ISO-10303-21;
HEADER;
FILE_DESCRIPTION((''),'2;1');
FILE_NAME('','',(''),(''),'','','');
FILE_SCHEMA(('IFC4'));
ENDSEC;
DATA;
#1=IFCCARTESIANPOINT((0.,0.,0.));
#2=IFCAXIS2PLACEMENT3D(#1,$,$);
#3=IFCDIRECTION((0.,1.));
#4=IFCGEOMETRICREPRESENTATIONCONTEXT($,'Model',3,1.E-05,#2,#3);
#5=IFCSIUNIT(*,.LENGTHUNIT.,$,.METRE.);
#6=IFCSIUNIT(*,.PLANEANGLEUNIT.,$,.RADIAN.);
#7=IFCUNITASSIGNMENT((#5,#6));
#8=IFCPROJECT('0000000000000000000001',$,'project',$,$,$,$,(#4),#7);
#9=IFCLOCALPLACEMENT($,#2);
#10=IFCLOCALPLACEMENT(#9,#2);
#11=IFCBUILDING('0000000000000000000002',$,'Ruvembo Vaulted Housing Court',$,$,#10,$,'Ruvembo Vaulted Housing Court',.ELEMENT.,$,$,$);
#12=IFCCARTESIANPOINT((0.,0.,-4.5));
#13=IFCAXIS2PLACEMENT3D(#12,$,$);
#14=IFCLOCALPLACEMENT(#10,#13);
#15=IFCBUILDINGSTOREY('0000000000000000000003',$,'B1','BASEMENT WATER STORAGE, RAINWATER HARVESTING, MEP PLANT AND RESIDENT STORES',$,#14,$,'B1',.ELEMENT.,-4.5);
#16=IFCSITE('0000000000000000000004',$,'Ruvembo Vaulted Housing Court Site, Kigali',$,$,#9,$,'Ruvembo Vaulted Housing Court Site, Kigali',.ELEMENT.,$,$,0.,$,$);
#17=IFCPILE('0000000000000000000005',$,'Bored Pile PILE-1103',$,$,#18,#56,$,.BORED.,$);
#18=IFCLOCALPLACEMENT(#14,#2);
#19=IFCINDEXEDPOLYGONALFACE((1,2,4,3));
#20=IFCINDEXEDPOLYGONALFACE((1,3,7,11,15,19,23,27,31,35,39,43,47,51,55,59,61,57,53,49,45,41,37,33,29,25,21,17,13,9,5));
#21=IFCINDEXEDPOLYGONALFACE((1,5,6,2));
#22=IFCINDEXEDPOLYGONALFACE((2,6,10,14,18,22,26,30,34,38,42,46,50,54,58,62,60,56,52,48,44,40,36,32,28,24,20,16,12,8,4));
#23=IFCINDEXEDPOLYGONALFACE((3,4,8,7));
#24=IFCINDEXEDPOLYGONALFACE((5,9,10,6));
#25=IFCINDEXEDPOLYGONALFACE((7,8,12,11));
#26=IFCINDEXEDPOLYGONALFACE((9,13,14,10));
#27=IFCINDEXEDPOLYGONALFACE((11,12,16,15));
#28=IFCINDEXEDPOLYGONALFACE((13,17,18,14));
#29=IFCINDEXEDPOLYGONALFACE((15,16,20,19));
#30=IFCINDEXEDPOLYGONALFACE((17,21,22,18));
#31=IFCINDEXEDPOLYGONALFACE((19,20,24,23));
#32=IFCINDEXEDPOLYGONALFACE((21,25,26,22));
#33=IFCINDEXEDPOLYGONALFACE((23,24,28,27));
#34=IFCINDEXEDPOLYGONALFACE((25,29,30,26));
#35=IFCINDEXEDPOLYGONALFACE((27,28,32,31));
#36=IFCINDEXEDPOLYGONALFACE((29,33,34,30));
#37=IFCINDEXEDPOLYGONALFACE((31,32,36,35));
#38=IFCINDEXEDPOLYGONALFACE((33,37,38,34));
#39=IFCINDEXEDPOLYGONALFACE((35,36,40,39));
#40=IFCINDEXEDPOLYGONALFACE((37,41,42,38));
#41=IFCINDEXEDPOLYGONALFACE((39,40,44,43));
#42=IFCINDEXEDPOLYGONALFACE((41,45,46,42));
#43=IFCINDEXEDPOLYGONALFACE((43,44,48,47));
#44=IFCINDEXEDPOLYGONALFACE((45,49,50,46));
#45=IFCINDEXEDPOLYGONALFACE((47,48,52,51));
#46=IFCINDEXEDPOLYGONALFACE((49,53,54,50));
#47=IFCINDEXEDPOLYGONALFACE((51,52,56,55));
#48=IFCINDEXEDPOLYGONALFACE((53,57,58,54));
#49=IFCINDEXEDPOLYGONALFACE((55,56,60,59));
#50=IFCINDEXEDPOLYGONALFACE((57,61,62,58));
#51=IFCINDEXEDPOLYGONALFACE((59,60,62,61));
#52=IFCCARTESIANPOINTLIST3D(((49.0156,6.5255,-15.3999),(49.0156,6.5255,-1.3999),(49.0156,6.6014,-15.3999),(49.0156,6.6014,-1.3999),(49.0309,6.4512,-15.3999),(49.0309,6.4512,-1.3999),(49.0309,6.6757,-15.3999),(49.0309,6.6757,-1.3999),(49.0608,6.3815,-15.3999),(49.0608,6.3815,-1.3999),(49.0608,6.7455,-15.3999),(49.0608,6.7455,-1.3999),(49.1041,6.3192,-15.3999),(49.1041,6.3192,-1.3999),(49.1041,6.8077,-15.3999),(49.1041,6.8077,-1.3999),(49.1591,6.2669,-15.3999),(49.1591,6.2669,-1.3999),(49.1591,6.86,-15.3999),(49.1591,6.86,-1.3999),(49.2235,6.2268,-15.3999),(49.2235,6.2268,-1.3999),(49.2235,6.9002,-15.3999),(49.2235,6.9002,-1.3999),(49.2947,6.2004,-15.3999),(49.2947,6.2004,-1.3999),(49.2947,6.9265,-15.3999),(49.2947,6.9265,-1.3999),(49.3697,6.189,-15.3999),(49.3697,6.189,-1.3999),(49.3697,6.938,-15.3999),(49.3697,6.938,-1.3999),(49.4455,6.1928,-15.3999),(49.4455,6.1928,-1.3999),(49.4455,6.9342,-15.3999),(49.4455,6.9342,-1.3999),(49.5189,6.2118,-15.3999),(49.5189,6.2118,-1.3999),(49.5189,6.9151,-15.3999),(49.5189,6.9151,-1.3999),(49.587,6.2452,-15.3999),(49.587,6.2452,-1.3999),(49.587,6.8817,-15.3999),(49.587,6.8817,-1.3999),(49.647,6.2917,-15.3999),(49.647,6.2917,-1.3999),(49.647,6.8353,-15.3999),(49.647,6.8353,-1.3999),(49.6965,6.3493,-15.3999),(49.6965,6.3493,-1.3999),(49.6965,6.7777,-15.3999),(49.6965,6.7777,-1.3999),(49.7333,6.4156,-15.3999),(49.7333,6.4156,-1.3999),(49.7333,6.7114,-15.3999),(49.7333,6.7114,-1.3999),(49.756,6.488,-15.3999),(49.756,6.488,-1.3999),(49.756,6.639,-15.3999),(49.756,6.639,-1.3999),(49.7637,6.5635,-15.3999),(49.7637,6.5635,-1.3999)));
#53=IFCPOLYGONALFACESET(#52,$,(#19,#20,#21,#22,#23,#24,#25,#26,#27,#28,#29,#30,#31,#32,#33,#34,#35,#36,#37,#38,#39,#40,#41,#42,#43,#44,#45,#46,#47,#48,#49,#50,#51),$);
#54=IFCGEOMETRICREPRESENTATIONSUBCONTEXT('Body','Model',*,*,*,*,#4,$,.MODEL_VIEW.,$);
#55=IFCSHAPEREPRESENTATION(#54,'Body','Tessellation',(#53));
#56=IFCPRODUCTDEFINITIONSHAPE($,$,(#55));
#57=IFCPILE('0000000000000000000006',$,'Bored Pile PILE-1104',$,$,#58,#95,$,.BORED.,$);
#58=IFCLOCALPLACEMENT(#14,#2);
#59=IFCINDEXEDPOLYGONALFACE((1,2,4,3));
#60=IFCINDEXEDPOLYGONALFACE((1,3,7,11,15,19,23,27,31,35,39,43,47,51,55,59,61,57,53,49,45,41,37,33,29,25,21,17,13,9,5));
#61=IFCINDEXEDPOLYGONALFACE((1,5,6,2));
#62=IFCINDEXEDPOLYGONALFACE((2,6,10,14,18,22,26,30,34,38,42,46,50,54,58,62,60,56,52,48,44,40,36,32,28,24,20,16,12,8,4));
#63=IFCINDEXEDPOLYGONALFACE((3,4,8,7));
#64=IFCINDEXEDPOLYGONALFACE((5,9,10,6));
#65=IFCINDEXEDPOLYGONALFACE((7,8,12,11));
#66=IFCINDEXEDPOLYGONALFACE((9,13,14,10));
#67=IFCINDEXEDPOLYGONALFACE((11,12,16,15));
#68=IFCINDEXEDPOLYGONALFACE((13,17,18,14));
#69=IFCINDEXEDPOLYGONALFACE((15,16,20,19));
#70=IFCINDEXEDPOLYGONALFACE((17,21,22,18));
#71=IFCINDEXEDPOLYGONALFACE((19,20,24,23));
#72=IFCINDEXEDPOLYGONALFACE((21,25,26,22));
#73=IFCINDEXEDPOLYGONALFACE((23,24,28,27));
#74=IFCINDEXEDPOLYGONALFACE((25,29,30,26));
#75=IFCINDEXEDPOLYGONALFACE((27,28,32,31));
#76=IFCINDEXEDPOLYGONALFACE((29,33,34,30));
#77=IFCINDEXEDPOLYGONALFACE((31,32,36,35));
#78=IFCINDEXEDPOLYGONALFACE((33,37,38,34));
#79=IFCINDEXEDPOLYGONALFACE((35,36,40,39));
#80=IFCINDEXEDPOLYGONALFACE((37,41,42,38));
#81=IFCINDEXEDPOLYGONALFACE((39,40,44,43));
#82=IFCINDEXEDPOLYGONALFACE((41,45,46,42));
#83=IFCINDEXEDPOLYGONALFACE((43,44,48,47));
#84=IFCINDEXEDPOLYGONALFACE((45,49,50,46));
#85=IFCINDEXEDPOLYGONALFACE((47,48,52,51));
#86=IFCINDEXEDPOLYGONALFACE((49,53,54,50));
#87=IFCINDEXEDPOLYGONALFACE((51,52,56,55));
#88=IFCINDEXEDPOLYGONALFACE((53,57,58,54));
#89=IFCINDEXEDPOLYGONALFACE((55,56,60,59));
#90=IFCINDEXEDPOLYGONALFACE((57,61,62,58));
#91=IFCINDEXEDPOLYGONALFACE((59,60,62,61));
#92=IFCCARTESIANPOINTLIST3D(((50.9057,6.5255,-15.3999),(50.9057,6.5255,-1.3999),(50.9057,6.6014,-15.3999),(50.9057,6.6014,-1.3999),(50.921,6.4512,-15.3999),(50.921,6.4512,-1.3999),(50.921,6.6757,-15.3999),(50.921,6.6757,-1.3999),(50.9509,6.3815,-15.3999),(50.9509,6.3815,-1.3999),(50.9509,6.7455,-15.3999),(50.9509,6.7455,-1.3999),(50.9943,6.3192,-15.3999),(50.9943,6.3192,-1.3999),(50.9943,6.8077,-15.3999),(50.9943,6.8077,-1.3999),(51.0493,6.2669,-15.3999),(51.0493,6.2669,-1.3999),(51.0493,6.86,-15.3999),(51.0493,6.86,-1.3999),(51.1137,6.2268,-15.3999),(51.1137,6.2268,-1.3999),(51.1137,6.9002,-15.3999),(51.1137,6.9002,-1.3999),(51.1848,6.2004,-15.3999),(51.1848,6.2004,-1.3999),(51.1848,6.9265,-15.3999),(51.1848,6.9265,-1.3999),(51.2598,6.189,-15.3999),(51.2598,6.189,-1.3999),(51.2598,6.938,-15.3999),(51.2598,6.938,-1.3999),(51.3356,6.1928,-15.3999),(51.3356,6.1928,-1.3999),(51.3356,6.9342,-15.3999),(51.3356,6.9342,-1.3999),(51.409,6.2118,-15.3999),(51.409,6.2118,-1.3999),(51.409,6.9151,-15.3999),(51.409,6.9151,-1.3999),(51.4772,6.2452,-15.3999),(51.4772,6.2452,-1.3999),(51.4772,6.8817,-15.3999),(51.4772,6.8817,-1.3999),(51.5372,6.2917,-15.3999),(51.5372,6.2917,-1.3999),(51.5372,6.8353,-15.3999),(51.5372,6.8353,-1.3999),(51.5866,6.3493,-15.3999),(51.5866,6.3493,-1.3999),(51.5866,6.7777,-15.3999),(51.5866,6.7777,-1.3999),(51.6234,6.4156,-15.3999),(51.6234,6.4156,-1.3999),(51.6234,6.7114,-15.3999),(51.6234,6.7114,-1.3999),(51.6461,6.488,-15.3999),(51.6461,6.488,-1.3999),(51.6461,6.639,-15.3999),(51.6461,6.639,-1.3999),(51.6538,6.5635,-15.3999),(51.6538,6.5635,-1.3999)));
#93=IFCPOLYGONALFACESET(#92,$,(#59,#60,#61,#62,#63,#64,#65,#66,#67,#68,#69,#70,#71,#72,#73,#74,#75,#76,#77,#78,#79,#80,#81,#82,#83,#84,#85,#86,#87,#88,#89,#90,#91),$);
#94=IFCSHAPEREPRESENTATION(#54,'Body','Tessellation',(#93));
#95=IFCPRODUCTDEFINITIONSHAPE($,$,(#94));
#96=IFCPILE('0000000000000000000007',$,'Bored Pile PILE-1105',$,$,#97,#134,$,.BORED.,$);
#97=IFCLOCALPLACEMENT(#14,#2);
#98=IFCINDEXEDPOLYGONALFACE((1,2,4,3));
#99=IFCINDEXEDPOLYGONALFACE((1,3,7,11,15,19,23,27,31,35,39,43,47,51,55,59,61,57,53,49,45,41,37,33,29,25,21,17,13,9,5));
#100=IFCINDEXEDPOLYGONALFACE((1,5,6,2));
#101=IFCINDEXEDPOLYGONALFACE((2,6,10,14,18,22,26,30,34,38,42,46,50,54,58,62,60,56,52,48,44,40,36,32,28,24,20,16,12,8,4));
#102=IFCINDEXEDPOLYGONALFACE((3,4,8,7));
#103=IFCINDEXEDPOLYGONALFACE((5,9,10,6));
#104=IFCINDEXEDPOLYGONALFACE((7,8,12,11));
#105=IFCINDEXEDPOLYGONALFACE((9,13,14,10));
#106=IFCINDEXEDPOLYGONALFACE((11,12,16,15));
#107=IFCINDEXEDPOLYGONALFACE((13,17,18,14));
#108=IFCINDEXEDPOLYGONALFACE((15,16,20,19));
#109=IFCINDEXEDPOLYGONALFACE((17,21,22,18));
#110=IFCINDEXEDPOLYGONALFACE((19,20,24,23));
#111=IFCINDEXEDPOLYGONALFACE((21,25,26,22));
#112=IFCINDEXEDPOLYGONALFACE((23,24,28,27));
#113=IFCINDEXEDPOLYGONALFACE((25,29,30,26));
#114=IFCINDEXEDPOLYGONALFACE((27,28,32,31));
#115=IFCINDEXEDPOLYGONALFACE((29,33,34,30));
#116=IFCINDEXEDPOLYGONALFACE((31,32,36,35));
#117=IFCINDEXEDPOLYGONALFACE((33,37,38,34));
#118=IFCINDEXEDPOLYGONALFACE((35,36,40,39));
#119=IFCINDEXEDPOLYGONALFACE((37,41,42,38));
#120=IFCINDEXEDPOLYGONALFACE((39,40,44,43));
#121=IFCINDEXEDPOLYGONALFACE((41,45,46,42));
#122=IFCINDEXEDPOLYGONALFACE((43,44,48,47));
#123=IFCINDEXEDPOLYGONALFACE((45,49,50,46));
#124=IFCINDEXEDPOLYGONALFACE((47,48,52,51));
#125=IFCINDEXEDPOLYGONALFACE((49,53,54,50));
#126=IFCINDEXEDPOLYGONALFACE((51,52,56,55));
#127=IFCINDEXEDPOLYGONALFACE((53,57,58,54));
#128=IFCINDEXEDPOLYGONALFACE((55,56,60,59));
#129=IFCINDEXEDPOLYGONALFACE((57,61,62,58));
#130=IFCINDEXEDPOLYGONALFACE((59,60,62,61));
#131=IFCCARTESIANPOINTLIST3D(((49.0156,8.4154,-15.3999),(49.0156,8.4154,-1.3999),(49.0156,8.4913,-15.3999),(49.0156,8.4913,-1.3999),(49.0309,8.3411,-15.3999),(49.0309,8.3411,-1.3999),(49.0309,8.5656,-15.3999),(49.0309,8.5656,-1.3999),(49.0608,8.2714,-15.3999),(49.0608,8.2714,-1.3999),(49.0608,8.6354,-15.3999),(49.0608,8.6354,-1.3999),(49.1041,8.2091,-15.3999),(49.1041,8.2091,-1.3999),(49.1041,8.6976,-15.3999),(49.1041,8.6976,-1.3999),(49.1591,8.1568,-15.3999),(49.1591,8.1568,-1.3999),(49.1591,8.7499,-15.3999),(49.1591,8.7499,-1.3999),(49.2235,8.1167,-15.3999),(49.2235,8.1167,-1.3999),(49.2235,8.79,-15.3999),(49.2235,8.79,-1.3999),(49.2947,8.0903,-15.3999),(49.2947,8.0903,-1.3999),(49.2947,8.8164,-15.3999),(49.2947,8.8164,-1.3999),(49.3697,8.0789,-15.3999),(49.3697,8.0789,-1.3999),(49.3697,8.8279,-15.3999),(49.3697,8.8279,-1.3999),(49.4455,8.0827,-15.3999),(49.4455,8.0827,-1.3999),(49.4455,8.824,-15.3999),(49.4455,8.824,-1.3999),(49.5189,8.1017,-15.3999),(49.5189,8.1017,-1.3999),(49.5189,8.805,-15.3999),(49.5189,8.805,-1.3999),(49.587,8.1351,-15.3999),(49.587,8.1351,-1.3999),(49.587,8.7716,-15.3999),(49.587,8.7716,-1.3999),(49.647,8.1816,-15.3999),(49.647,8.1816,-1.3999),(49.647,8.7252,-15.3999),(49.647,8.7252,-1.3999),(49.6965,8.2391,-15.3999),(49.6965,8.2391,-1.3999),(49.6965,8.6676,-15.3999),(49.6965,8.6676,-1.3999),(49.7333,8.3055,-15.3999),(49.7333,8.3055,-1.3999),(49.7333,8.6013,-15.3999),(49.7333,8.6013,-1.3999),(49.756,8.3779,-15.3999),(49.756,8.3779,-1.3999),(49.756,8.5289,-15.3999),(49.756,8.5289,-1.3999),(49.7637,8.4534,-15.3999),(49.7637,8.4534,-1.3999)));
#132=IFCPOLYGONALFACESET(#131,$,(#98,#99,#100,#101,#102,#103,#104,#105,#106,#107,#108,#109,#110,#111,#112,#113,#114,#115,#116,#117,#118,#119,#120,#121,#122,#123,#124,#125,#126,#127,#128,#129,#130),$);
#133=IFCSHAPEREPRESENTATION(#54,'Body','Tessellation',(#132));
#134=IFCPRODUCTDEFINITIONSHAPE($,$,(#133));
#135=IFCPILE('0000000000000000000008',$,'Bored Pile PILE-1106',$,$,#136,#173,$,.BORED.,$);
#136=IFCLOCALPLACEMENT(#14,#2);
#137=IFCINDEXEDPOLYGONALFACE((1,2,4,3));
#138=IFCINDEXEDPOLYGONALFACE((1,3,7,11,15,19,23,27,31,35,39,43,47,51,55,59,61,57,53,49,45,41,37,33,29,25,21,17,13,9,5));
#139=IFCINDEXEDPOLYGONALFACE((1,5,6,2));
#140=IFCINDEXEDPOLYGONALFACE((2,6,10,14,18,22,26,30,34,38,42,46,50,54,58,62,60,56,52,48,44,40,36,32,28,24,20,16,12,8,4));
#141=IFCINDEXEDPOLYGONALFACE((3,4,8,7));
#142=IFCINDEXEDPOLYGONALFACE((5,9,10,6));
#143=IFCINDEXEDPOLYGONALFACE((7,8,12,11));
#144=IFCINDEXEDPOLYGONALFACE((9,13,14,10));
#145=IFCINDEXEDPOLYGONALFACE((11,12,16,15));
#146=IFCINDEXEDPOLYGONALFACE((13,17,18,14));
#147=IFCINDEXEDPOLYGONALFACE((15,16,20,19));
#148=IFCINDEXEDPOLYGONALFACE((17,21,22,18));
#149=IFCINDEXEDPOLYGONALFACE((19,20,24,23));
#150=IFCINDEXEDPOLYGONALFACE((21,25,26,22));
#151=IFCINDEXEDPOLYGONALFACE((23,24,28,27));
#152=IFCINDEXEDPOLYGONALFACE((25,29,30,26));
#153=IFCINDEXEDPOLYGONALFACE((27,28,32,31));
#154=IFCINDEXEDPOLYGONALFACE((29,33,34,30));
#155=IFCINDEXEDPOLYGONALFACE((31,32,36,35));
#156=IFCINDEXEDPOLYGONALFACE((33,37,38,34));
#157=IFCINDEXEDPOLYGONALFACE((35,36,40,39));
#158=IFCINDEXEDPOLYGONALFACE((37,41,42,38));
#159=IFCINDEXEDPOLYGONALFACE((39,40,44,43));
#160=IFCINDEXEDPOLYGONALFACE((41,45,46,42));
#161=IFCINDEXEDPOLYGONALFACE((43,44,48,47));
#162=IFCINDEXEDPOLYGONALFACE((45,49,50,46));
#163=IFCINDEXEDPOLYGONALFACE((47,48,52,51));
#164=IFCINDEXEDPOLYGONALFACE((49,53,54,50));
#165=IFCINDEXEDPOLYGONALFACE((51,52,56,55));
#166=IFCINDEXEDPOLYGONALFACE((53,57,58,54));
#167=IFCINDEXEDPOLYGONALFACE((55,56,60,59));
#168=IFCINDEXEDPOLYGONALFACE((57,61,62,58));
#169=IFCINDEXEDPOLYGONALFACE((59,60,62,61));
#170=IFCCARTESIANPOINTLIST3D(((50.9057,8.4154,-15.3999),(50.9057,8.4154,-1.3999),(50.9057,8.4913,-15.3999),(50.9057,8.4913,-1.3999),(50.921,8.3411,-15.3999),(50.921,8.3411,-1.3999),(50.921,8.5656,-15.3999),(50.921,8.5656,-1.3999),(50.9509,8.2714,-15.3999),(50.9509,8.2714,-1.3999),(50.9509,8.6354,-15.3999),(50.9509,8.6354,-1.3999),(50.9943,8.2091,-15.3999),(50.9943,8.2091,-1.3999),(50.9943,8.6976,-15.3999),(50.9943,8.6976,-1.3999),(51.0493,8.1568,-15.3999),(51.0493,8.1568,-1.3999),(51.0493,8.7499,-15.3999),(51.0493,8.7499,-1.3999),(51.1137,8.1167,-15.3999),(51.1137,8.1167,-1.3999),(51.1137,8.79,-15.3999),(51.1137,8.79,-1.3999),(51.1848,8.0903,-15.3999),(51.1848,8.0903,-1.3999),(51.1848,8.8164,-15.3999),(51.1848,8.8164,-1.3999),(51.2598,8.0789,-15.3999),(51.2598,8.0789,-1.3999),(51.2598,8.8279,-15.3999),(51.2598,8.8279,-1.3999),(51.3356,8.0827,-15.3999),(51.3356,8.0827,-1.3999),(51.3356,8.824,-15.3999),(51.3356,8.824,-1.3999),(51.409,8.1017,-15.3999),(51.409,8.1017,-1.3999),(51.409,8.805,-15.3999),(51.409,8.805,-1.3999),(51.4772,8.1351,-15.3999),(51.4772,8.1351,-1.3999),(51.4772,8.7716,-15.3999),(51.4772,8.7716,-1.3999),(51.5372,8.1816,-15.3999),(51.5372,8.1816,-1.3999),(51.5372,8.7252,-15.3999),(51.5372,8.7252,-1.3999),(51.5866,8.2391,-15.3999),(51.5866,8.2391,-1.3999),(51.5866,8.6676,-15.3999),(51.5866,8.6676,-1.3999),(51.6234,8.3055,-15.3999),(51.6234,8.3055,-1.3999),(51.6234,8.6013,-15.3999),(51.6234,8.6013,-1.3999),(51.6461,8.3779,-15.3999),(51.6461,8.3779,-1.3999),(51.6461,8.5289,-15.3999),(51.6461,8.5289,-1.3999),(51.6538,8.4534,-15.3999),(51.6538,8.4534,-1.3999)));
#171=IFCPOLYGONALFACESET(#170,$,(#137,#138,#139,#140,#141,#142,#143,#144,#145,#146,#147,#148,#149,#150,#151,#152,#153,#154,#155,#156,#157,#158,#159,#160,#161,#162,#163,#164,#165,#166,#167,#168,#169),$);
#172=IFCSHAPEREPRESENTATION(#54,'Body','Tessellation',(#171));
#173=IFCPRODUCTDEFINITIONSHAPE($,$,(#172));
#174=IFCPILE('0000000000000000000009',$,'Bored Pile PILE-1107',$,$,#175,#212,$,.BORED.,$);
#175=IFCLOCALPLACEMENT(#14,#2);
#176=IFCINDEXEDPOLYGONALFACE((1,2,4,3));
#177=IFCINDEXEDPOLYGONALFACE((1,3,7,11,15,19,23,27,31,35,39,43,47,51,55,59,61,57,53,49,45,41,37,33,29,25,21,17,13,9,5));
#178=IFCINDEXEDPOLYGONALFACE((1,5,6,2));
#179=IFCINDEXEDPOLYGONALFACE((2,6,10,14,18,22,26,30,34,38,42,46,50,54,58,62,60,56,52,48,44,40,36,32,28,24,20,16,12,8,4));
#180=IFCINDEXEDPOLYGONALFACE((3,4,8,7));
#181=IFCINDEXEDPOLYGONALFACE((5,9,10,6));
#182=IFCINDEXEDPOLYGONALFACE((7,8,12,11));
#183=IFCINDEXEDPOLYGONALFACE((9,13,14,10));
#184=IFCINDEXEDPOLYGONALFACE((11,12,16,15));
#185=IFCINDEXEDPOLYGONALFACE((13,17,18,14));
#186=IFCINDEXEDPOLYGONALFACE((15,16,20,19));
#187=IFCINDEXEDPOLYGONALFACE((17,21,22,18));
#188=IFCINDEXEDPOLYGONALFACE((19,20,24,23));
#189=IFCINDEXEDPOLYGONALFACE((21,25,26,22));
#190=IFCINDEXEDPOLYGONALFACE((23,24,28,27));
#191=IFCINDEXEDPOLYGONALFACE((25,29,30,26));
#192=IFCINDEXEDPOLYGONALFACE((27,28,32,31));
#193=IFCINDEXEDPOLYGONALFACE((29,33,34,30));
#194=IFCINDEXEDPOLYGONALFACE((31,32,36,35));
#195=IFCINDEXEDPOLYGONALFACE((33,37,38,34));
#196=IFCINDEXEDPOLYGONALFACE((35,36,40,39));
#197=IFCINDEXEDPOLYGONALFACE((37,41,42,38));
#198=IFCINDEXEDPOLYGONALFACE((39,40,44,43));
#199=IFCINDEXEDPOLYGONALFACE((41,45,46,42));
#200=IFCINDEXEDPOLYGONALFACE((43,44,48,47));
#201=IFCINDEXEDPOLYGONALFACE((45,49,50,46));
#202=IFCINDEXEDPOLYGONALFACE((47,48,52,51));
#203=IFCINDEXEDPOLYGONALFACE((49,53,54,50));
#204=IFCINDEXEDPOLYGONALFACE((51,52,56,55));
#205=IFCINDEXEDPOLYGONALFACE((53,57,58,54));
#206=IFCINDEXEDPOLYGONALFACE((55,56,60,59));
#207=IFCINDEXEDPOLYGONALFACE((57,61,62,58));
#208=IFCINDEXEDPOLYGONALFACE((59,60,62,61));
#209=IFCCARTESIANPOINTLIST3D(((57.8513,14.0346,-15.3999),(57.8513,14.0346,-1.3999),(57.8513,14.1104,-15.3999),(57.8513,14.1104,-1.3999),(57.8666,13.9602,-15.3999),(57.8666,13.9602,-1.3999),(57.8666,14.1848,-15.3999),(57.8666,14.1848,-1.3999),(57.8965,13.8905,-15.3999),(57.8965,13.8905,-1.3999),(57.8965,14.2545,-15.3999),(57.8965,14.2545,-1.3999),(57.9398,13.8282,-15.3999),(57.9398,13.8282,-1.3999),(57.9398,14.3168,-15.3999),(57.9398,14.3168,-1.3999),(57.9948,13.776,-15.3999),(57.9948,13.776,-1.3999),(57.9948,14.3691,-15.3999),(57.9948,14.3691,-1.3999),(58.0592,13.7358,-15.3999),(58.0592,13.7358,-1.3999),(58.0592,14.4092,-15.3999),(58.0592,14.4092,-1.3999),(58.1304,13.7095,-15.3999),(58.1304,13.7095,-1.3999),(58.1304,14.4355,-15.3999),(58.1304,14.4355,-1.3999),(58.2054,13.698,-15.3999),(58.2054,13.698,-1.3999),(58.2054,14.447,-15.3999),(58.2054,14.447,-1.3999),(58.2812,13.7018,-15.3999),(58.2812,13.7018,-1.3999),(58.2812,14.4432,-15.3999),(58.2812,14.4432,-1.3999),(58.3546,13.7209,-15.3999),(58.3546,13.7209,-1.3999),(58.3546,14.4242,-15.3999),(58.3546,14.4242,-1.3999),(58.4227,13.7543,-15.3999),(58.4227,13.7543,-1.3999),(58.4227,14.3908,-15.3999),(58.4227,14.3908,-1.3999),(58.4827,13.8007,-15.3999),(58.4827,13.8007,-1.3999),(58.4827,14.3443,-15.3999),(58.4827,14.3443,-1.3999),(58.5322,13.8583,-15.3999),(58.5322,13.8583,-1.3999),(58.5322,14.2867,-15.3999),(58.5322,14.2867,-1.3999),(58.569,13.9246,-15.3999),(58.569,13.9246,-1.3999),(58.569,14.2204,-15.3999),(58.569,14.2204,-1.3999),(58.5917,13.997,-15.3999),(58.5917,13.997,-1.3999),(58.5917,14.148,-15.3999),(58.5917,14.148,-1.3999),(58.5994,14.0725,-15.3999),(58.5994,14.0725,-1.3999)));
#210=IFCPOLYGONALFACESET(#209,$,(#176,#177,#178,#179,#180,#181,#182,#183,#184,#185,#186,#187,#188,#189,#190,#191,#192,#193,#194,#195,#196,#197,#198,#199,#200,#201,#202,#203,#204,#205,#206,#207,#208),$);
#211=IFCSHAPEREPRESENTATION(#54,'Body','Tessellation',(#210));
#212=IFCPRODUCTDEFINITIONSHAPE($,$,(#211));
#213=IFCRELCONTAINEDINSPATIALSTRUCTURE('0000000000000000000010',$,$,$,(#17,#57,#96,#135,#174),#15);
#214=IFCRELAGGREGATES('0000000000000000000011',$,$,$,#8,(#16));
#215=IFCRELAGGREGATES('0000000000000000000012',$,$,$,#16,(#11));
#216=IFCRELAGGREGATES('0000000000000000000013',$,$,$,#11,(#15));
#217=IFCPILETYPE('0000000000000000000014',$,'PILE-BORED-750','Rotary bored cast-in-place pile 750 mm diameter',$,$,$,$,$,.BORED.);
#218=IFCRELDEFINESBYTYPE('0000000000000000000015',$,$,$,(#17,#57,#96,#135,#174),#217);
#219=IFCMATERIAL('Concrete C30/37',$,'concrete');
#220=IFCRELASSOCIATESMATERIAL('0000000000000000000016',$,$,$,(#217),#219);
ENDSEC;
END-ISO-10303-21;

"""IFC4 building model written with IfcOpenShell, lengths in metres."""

from ifc_helpers import new_model, si_unit, direction, frame, origin, origin_2d, place, context, subcontext, project, spatial, circle, extrude, material, material_profile, profile_set, type_object, element, save


model = new_model("IFC4")

# Units and contexts
model_context = context("Model", 3, precision=1e-05, world=origin(), true_north=direction((0.0, 1.0)))
body_context = subcontext(model_context, "Body", "Model", "MODEL_VIEW")
ifc_project = project(units=[si_unit("LENGTHUNIT", "METRE"), si_unit("PLANEANGLEUNIT", "RADIAN")], contexts=[model_context])

# Site, building, storey
site_placement = place(None, origin())
site = spatial("IfcSite", under=ifc_project, at=site_placement, Name="Ruvembo Vaulted Housing Court Site, Kigali", LongName="Ruvembo Vaulted Housing Court Site, Kigali", CompositionType="ELEMENT", RefElevation=0.0)
building_placement = place(site_placement, origin())
building = spatial("IfcBuilding", under=site, at=building_placement, Name="Ruvembo Vaulted Housing Court", LongName="Ruvembo Vaulted Housing Court", CompositionType="ELEMENT")
storey_placement = place(building_placement, frame((0.0, 0.0, -4.5)))
storey = spatial("IfcBuildingStorey", under=building, at=storey_placement, Name="B1", Description="BASEMENT WATER STORAGE, RAINWATER HARVESTING, MEP PLANT AND RESIDENT STORES", LongName="B1", CompositionType="ELEMENT", Elevation=-4.5)

# Piles
ifc_material_1 = material(Name="Concrete C30/37", Category="concrete")
ifc_material_profile_1 = material_profile(ifc_material_1, circle(Radius=0.375, at=origin_2d()), Name="PILE D750")
ifc_profile_set_1 = profile_set([ifc_material_profile_1], Name="Concrete C30/37")
pile_type = type_object("IfcPileType", Name="PILE-BORED-750", Description="Rotary bored cast-in-place pile 750 mm diameter", PredefinedType="BORED", material=ifc_profile_set_1)
for number, where, z_axis, x_axis, name in (
    (1, (49.3887, 6.5635, -1.3999), (0.0, 0.0, -1.0), (1.0, 0.0, 0.0), "Bored Pile PILE-1103"),
    (2, (51.2788, 6.5635, -1.3999), (0.0, 0.0, -1.0), (1.0, 0.0, 0.0), "Bored Pile PILE-1104"),
    (3, (49.3887, 8.4534, -1.3999), (0.0, 0.0, -1.0), (1.0, 0.0, 0.0), "Bored Pile PILE-1105"),
    (4, (51.2788, 8.4534, -1.3999), (0.0, 0.0, -1.0), (1.0, 0.0, 0.0), "Bored Pile PILE-1106"),
    (5, (58.2244, 14.0725, -1.3999), (0.0, 0.0, -1.0), (1.0, 0.0, 0.0), "Bored Pile PILE-1107"),
):
    element("IfcPile", number, at=place(storey_placement, frame(where, z_axis=z_axis, x_axis=x_axis)), inside=storey, type_object=pile_type, Name=name, PredefinedType="BORED", context=body_context, shape_type="SweptSolid", body=[
        extrude(circle(Radius=0.375, at=origin_2d()), origin(), (0.0, 0.0, 1.0), 14.0),
    ])

save(model, "model.ifc")
